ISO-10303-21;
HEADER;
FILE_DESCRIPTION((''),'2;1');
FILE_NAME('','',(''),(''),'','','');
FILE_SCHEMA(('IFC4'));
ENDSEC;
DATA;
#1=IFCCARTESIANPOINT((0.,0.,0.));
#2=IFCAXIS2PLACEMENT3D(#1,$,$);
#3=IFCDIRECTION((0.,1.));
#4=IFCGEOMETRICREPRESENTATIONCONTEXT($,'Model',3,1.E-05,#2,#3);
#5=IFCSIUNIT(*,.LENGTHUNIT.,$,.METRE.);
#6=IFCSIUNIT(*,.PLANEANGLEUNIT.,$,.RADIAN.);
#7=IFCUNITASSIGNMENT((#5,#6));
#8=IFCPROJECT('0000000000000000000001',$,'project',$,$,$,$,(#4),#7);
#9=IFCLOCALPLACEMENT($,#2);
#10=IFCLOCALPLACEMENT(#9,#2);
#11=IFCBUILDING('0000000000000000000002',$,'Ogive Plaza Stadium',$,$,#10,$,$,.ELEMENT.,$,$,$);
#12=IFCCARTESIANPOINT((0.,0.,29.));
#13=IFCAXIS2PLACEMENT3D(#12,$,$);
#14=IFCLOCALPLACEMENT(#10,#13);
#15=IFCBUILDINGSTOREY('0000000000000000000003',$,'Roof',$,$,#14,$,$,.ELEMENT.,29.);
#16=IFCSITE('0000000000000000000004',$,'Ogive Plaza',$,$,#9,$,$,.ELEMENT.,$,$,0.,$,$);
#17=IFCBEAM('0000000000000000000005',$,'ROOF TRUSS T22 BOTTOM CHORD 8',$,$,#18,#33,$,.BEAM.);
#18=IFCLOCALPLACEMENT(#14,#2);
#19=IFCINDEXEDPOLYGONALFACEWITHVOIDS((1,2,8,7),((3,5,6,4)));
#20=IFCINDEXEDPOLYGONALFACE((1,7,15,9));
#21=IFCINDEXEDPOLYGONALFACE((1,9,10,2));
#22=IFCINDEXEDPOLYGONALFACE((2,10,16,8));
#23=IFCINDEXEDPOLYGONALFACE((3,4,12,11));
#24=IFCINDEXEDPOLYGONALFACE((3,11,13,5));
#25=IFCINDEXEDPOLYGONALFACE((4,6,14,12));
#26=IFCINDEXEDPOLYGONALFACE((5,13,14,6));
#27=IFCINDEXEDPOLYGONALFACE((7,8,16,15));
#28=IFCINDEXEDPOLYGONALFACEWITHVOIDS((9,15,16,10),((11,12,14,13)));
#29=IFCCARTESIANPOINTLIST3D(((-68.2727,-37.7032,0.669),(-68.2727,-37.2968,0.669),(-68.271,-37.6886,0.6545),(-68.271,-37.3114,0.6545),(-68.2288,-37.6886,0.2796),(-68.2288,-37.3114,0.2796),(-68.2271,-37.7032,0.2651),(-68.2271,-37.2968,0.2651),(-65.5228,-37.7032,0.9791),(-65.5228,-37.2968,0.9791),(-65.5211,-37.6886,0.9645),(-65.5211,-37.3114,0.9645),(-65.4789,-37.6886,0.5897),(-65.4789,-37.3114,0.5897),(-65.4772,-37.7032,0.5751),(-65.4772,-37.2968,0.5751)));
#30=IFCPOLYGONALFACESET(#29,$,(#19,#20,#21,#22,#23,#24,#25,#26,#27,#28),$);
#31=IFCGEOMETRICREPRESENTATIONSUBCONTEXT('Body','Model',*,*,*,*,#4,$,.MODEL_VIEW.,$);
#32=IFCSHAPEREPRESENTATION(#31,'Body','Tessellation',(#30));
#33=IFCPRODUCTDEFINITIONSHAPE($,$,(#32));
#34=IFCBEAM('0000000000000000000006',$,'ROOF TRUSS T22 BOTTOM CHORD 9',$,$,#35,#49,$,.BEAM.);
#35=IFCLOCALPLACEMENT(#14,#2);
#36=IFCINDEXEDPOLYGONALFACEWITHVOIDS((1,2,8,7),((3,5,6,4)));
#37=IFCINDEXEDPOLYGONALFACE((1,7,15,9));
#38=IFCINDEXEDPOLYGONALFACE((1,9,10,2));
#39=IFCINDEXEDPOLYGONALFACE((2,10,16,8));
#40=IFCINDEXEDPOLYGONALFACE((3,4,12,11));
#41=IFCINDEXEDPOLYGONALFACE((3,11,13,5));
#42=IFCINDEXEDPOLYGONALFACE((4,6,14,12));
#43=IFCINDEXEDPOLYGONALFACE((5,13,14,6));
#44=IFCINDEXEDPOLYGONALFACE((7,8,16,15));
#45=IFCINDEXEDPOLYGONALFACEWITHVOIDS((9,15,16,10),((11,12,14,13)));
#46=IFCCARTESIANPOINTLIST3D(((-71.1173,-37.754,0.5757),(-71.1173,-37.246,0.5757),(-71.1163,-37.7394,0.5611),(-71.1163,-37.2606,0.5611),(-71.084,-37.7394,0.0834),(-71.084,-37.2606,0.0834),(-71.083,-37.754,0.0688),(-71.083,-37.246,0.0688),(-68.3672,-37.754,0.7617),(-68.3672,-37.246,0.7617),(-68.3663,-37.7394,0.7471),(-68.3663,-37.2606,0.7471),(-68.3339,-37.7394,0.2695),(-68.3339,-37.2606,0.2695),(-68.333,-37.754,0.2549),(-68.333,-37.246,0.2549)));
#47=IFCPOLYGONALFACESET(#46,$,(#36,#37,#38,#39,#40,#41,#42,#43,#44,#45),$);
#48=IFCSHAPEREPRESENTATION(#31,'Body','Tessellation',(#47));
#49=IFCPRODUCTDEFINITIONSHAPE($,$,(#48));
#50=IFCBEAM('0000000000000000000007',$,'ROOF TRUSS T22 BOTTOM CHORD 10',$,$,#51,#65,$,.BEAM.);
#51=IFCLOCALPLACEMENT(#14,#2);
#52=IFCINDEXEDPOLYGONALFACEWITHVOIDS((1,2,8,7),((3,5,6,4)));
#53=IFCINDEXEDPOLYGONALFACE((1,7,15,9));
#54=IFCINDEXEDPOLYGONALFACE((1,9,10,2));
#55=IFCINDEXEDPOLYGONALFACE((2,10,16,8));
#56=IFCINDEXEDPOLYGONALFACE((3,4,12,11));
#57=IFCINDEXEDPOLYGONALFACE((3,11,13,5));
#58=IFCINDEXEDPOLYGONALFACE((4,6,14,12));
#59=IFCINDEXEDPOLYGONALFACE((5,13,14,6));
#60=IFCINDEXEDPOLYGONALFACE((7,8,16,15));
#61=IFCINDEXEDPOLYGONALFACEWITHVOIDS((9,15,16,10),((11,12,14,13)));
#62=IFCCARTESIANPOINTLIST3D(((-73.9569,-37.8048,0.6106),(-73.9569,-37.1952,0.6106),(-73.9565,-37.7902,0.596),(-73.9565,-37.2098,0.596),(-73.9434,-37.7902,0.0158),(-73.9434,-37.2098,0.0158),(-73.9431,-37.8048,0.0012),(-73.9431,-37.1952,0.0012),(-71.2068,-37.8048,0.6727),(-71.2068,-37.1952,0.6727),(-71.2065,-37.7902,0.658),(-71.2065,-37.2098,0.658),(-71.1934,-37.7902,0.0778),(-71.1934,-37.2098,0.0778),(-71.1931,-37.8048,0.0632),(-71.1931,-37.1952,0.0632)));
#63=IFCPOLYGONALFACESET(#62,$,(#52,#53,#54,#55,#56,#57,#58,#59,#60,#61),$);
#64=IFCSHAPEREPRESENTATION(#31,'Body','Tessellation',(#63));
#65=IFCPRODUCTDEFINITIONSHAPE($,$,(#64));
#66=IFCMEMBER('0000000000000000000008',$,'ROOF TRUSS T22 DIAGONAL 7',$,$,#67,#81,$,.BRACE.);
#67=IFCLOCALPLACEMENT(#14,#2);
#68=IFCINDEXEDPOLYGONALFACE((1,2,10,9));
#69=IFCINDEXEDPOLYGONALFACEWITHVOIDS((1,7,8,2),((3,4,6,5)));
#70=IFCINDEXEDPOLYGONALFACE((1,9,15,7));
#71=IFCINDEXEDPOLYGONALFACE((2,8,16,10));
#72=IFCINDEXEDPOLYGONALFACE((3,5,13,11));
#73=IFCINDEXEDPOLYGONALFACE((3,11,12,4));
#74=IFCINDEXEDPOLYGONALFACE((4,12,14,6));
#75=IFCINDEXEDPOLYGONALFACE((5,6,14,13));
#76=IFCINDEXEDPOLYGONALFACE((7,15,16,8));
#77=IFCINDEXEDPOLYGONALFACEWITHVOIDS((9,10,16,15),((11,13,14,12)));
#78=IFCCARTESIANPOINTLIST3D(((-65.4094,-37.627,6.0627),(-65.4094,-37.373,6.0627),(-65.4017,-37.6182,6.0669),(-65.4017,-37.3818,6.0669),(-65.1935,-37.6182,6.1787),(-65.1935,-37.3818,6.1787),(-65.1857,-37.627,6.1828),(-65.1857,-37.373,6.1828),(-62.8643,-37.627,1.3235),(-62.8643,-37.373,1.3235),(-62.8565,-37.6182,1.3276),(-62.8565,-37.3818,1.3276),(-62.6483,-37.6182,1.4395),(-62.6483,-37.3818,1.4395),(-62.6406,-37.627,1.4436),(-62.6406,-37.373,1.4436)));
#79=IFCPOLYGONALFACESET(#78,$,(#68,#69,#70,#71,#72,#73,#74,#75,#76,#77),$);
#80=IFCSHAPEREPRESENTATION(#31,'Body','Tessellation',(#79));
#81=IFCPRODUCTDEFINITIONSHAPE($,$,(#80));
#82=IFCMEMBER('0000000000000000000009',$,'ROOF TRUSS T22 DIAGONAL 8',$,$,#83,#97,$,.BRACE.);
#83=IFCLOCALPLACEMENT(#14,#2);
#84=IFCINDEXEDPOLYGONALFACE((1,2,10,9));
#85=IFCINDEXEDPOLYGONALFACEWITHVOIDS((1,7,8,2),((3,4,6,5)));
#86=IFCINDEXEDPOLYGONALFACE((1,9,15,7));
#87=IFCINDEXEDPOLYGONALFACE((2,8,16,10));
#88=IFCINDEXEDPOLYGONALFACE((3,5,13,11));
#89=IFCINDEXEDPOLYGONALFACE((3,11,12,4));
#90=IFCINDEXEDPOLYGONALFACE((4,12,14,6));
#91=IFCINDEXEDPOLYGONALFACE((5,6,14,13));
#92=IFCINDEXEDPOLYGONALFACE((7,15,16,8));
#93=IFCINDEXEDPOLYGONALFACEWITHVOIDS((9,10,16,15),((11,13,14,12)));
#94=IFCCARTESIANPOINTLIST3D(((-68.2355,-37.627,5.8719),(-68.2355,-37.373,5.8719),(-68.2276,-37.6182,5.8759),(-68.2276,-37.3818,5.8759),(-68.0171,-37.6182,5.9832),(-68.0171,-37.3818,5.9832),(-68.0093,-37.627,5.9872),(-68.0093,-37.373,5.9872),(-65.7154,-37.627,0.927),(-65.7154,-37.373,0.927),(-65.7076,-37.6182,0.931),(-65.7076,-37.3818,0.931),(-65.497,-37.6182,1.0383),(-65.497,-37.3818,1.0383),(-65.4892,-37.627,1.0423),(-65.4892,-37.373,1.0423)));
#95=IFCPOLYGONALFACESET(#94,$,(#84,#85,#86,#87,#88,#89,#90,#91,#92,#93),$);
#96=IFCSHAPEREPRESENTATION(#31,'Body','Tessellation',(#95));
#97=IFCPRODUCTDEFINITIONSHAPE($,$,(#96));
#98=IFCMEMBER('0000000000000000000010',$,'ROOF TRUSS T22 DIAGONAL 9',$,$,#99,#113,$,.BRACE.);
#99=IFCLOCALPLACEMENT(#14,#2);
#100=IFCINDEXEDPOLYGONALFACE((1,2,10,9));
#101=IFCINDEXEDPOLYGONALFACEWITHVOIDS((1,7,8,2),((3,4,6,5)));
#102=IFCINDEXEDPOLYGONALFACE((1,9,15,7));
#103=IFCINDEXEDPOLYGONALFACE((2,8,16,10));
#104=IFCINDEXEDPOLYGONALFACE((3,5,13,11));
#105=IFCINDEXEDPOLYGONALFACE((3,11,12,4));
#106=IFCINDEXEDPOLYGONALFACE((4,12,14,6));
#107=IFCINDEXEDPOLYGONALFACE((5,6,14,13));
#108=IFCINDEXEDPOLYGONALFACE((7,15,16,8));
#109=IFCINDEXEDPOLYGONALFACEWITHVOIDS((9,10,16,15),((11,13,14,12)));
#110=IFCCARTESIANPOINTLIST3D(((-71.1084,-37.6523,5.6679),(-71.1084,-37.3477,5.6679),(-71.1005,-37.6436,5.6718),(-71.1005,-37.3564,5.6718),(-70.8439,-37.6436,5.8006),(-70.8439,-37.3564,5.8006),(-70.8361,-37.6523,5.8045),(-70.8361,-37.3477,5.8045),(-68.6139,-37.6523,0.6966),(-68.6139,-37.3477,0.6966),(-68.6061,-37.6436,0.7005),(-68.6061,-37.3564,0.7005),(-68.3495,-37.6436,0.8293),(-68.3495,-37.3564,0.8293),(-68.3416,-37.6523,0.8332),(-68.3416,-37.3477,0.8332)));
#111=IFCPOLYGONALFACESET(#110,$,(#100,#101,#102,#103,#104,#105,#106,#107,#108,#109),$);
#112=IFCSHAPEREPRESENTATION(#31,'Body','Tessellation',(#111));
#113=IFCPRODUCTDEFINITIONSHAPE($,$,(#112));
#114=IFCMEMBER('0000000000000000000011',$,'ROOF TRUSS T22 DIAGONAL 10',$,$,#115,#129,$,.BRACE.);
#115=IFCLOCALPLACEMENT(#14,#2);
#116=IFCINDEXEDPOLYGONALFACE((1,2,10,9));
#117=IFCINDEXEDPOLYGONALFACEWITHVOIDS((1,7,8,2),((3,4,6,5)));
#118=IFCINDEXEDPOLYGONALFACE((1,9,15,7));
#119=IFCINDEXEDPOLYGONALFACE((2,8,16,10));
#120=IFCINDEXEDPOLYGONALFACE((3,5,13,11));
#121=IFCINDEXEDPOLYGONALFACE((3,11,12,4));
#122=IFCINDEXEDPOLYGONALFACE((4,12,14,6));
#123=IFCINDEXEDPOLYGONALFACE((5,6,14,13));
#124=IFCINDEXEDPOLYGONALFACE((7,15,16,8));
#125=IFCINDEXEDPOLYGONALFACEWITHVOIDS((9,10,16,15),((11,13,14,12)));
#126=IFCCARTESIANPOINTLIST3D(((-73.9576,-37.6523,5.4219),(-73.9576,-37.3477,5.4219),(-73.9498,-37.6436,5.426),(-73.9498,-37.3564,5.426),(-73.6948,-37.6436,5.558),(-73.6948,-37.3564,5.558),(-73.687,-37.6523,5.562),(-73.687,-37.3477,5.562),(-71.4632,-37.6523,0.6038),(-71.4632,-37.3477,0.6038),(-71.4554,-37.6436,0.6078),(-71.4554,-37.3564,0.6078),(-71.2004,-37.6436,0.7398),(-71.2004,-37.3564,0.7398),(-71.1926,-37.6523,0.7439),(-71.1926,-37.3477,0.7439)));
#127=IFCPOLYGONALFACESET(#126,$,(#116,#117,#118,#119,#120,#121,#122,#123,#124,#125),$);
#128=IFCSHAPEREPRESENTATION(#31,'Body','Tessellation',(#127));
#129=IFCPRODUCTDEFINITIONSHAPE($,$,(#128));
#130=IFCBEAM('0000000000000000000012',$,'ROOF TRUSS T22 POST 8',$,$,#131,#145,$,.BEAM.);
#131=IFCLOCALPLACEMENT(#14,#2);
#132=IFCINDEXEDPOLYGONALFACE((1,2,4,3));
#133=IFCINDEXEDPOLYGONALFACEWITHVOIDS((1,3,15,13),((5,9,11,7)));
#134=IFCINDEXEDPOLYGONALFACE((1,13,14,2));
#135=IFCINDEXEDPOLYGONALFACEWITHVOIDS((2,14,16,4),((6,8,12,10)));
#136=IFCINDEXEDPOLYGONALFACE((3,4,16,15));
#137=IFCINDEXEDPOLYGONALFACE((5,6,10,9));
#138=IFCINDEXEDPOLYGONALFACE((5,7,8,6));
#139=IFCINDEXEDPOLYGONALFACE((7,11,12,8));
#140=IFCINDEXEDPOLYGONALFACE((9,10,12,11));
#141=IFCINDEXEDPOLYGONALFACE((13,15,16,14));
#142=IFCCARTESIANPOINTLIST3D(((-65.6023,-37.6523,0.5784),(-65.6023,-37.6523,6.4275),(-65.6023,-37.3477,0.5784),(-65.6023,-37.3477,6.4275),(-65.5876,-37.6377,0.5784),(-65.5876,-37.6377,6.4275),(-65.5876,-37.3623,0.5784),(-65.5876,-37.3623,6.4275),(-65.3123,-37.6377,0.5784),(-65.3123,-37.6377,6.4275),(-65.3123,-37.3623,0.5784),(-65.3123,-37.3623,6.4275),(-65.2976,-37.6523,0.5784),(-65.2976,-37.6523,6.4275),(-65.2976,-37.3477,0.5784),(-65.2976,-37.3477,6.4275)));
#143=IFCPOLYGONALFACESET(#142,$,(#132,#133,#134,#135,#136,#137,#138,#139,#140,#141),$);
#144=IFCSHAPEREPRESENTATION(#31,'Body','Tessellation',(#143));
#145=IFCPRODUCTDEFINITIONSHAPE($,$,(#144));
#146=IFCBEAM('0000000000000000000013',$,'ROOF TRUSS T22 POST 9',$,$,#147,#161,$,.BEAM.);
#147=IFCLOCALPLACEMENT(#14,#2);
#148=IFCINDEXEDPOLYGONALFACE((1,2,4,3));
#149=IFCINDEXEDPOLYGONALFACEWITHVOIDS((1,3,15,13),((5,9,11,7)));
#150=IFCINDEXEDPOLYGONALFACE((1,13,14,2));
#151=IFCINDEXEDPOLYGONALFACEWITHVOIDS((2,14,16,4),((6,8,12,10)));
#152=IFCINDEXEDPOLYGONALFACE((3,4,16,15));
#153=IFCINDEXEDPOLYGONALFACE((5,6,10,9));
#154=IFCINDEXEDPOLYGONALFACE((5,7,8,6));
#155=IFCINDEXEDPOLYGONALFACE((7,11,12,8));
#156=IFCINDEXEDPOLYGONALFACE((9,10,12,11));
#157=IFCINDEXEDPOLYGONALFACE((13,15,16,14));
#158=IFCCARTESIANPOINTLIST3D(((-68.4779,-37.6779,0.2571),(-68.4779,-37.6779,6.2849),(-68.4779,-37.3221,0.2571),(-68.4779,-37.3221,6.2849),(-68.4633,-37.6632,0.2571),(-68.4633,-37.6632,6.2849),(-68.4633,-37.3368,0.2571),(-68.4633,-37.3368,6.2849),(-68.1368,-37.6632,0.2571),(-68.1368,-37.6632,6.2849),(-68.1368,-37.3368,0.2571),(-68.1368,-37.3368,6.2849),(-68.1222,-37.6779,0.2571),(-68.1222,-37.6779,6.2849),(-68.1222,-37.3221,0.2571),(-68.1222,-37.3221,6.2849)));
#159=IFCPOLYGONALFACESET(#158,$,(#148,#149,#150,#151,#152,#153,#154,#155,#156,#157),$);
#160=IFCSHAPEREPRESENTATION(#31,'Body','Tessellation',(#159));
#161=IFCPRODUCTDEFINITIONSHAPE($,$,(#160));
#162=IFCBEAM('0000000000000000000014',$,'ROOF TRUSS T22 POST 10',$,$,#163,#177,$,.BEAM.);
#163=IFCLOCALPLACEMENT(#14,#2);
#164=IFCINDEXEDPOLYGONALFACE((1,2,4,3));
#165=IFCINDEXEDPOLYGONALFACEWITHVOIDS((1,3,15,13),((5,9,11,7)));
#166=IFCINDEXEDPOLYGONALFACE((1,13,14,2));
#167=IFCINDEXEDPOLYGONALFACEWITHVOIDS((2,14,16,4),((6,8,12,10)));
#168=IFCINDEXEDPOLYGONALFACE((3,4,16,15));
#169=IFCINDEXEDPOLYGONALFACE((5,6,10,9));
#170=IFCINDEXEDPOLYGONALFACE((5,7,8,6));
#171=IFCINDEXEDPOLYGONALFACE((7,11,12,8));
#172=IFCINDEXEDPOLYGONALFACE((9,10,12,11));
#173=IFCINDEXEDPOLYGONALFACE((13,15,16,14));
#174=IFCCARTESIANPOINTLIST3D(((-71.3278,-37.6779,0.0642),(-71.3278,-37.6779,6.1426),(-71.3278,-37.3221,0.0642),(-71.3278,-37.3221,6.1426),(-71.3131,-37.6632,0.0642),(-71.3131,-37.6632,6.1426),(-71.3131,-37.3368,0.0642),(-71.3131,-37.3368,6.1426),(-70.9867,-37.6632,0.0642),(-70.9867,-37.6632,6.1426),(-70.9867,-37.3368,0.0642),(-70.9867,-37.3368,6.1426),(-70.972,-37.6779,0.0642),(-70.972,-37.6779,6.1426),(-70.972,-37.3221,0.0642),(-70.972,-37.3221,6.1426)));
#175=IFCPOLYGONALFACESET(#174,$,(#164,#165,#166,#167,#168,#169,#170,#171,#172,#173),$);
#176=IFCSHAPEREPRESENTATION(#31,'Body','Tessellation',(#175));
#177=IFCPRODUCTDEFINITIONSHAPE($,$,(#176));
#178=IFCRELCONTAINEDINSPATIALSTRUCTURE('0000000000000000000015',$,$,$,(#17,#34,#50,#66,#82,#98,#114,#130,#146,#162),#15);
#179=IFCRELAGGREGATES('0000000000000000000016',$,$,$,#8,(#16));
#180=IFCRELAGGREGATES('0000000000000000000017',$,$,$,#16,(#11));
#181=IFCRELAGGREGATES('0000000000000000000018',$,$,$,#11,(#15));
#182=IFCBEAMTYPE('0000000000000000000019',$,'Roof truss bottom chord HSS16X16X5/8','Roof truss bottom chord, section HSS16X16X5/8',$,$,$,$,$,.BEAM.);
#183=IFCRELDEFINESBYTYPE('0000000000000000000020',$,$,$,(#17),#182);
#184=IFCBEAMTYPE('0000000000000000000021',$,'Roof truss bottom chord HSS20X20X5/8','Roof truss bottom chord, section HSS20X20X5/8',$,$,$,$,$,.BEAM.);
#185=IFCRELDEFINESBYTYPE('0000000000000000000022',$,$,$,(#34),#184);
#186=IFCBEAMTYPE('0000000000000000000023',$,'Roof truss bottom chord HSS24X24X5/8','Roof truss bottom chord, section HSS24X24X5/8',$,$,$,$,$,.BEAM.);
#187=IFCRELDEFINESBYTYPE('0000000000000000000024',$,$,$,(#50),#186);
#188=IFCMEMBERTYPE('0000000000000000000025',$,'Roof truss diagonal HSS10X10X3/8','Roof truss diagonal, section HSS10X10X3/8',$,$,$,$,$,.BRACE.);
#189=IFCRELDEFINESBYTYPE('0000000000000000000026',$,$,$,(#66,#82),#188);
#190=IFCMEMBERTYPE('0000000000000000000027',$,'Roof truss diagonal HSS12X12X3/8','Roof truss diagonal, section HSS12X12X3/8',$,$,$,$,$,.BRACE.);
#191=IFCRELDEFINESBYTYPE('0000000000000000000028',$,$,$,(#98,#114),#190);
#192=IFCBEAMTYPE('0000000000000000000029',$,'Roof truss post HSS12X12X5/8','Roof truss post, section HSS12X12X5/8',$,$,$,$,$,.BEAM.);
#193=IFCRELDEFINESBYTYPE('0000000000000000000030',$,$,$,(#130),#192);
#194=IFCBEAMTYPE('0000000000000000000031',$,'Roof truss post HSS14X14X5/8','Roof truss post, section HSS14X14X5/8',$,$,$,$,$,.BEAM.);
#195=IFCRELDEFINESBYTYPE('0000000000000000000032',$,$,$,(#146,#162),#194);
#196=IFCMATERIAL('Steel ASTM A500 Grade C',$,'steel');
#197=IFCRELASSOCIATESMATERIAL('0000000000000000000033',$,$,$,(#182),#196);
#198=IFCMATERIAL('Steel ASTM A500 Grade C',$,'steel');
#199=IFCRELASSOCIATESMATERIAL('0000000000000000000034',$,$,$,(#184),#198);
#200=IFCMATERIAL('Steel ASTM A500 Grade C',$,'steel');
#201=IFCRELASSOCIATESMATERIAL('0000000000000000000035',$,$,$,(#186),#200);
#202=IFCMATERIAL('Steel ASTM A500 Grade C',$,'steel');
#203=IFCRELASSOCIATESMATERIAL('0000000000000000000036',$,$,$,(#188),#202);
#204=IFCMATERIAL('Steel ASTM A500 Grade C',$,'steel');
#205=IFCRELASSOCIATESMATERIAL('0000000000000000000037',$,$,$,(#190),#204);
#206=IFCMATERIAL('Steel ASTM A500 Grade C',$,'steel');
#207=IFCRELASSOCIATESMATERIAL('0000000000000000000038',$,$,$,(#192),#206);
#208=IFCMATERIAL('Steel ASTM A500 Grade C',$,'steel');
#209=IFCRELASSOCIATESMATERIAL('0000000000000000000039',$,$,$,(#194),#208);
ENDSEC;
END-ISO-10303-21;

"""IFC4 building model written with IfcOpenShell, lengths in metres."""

from ifc_helpers import new_model, si_unit, direction, frame, origin, origin_2d, place, context, subcontext, project, spatial, hollow_rectangle, extrude, material, material_profile, profile_set, type_object, element, save


model = new_model("IFC4")

# Units and contexts
model_context = context("Model", 3, precision=1e-05, world=origin(), true_north=direction((0.0, 1.0)))
body_context = subcontext(model_context, "Body", "Model", "MODEL_VIEW")
ifc_project = project(units=[si_unit("LENGTHUNIT", "METRE"), si_unit("PLANEANGLEUNIT", "RADIAN")], contexts=[model_context])

# Site, building, storey
site_placement = place(None, origin())
site = spatial("IfcSite", under=ifc_project, at=site_placement, Name="Ogive Plaza", CompositionType="ELEMENT", RefElevation=0.0)
building_placement = place(site_placement, origin())
building = spatial("IfcBuilding", under=site, at=building_placement, Name="Ogive Plaza Stadium", CompositionType="ELEMENT")
storey_placement = place(building_placement, frame((0.0, 0.0, 29.0)))
storey = spatial("IfcBuildingStorey", under=building, at=storey_placement, Name="Roof", CompositionType="ELEMENT", Elevation=29.0)

# Beams
ifc_material_1 = material(Name="Steel ASTM A500 Grade C", Category="steel")
ifc_material_profile_1 = material_profile(ifc_material_1, hollow_rectangle(XDim=0.4065, YDim=0.4065, WallThickness=0.0146, at=origin_2d()), Name="HSS16X16X5/8")
ifc_profile_set_1 = profile_set([ifc_material_profile_1], Name="Steel ASTM A500 Grade C")
beam_type_1 = type_object("IfcBeamType", Name="Roof truss bottom chord HSS16X16X5/8", Description="Roof truss bottom chord, section HSS16X16X5/8", PredefinedType="BEAM", material=ifc_profile_set_1)
beam_1_placement = place(storey_placement, frame((-65.5, -37.5, 0.7771), z_axis=(-0.993704, 0.0, -0.112039), x_axis=(0.0, -1.0, 0.0)))
element("IfcBeam", 1, at=beam_1_placement, inside=storey, type_object=beam_type_1, Name="ROOF TRUSS T22 BOTTOM CHORD 8", PredefinedType="BEAM", context=body_context, shape_type="SweptSolid", body=[
    extrude(hollow_rectangle(XDim=0.4065, YDim=0.4065, WallThickness=0.0146, at=origin_2d()), origin(), (0.0, 0.0, 1.0), 2.7673),
])
ifc_material_2 = material(Name="Steel ASTM A500 Grade C", Category="steel")
ifc_material_profile_2 = material_profile(ifc_material_2, hollow_rectangle(XDim=0.5081, YDim=0.5081, WallThickness=0.0146, at=origin_2d()), Name="HSS20X20X5/8")
ifc_profile_set_2 = profile_set([ifc_material_profile_2], Name="Steel ASTM A500 Grade C")
beam_type_2 = type_object("IfcBeamType", Name="Roof truss bottom chord HSS20X20X5/8", Description="Roof truss bottom chord, section HSS20X20X5/8", PredefinedType="BEAM", material=ifc_profile_set_2)
beam_2_placement = place(storey_placement, frame((-68.3501, -37.5, 0.5083), z_axis=(-0.99772, 0.0, -0.067495), x_axis=(0.0, -1.0, 0.0)))
element("IfcBeam", 2, at=beam_2_placement, inside=storey, type_object=beam_type_2, Name="ROOF TRUSS T22 BOTTOM CHORD 9", PredefinedType="BEAM", context=body_context, shape_type="SweptSolid", body=[
    extrude(hollow_rectangle(XDim=0.5081, YDim=0.5081, WallThickness=0.0146, at=origin_2d()), origin(), (0.0, 0.0, 1.0), 2.7563),
])
ifc_material_3 = material(Name="Steel ASTM A500 Grade C", Category="steel")
ifc_material_profile_3 = material_profile(ifc_material_3, hollow_rectangle(XDim=0.6096, YDim=0.6096, WallThickness=0.0146, at=origin_2d()), Name="HSS24X24X5/8")
ifc_profile_set_3 = profile_set([ifc_material_profile_3], Name="Steel ASTM A500 Grade C")
beam_type_3 = type_object("IfcBeamType", Name="Roof truss bottom chord HSS24X24X5/8", Description="Roof truss bottom chord, section HSS24X24X5/8", PredefinedType="BEAM", material=ifc_profile_set_3)
beam_3_placement = place(storey_placement, frame((-71.2, -37.5, 0.3679), z_axis=(-0.999746, 0.0, -0.022544), x_axis=(0.0, -1.0, 0.0)))
element("IfcBeam", 3, at=beam_3_placement, inside=storey, type_object=beam_type_3, Name="ROOF TRUSS T22 BOTTOM CHORD 10", PredefinedType="BEAM", context=body_context, shape_type="SweptSolid", body=[
    extrude(hollow_rectangle(XDim=0.6096, YDim=0.6096, WallThickness=0.0146, at=origin_2d()), origin(), (0.0, 0.0, 1.0), 2.7507),
])

# Members
ifc_material_4 = material(Name="Steel ASTM A500 Grade C", Category="steel")
ifc_material_profile_4 = material_profile(ifc_material_4, hollow_rectangle(XDim=0.2539, YDim=0.2539, WallThickness=0.0088, at=origin_2d()), Name="HSS10X10X3/8")
ifc_profile_set_4 = profile_set([ifc_material_profile_4], Name="Steel ASTM A500 Grade C")
member_type_1 = type_object("IfcMemberType", Name="Roof truss diagonal HSS10X10X3/8", Description="Roof truss diagonal, section HSS10X10X3/8", PredefinedType="BRACE", material=ifc_profile_set_4)
member_1_placement = place(storey_placement, frame((-62.7524, -37.5, 1.3835), z_axis=(-0.473128, 0.0, 0.880994), x_axis=(0.0, -1.0, 0.0)))
element("IfcMember", 4, at=member_1_placement, inside=storey, type_object=member_type_1, Name="ROOF TRUSS T22 DIAGONAL 7", PredefinedType="BRACE", context=body_context, shape_type="SweptSolid", body=[
    extrude(hollow_rectangle(XDim=0.2539, YDim=0.2539, WallThickness=0.0088, at=origin_2d()), origin(), (0.0, 0.0, 1.0), 5.3794),
])
member_2_placement = place(storey_placement, frame((-65.6023, -37.5, 0.9846), z_axis=(-0.454063, 0.0, 0.89097), x_axis=(0.0, -1.0, 0.0)))
element("IfcMember", 5, at=member_2_placement, inside=storey, type_object=member_type_1, Name="ROOF TRUSS T22 DIAGONAL 8", PredefinedType="BRACE", context=body_context, shape_type="SweptSolid", body=[
    extrude(hollow_rectangle(XDim=0.2539, YDim=0.2539, WallThickness=0.0088, at=origin_2d()), origin(), (0.0, 0.0, 1.0), 5.55),
])
ifc_material_5 = material(Name="Steel ASTM A500 Grade C", Category="steel")
ifc_material_profile_5 = material_profile(ifc_material_5, hollow_rectangle(XDim=0.3047, YDim=0.3047, WallThickness=0.0088, at=origin_2d()), Name="HSS12X12X3/8")
ifc_profile_set_5 = profile_set([ifc_material_profile_5], Name="Steel ASTM A500 Grade C")
member_type_2 = type_object("IfcMemberType", Name="Roof truss diagonal HSS12X12X3/8", Description="Roof truss diagonal, section HSS12X12X3/8", PredefinedType="BRACE", material=ifc_profile_set_5)
member_3_placement = place(storey_placement, frame((-68.4778, -37.5, 0.7649), z_axis=(-0.448477, 0.0, 0.893794), x_axis=(0.0, -1.0, 0.0)))
element("IfcMember", 6, at=member_3_placement, inside=storey, type_object=member_type_2, Name="ROOF TRUSS T22 DIAGONAL 9", PredefinedType="BRACE", context=body_context, shape_type="SweptSolid", body=[
    extrude(hollow_rectangle(XDim=0.3047, YDim=0.3047, WallThickness=0.0088, at=origin_2d()), origin(), (0.0, 0.0, 1.0), 5.562),
])
member_4_placement = place(storey_placement, frame((-71.3279, -37.5, 0.6738), z_axis=(-0.459751, 0.0, 0.888048), x_axis=(0.0, -1.0, 0.0)))
element("IfcMember", 7, at=member_4_placement, inside=storey, type_object=member_type_2, Name="ROOF TRUSS T22 DIAGONAL 10", PredefinedType="BRACE", context=body_context, shape_type="SweptSolid", body=[
    extrude(hollow_rectangle(XDim=0.3047, YDim=0.3047, WallThickness=0.0088, at=origin_2d()), origin(), (0.0, 0.0, 1.0), 5.4255),
])

# Beams
ifc_material_6 = material(Name="Steel ASTM A500 Grade C", Category="steel")
ifc_material_profile_6 = material_profile(ifc_material_6, hollow_rectangle(XDim=0.3047, YDim=0.3047, WallThickness=0.0146, at=origin_2d()), Name="HSS12X12X5/8")
ifc_profile_set_6 = profile_set([ifc_material_profile_6], Name="Steel ASTM A500 Grade C")
beam_type_4 = type_object("IfcBeamType", Name="Roof truss post HSS12X12X5/8", Description="Roof truss post, section HSS12X12X5/8", PredefinedType="BEAM", material=ifc_profile_set_6)
beam_4_placement = place(storey_placement, frame((-65.45, -37.5, 0.5784), z_axis=(0.0, 0.0, 1.0), x_axis=(0.0, -1.0, 0.0)))
element("IfcBeam", 8, at=beam_4_placement, inside=storey, type_object=beam_type_4, Name="ROOF TRUSS T22 POST 8", PredefinedType="BEAM", context=body_context, shape_type="SweptSolid", body=[
    extrude(hollow_rectangle(XDim=0.3047, YDim=0.3047, WallThickness=0.0146, at=origin_2d()), origin(), (0.0, 0.0, 1.0), 5.8491),
])
ifc_material_7 = material(Name="Steel ASTM A500 Grade C", Category="steel")
ifc_material_profile_7 = material_profile(ifc_material_7, hollow_rectangle(XDim=0.3557, YDim=0.3557, WallThickness=0.0146, at=origin_2d()), Name="HSS14X14X5/8")
ifc_profile_set_7 = profile_set([ifc_material_profile_7], Name="Steel ASTM A500 Grade C")
beam_type_5 = type_object("IfcBeamType", Name="Roof truss post HSS14X14X5/8", Description="Roof truss post, section HSS14X14X5/8", PredefinedType="BEAM", material=ifc_profile_set_7)
beam_5_placement = place(storey_placement, frame((-68.3, -37.5, 0.2571), z_axis=(0.0, 0.0, 1.0), x_axis=(0.0, -1.0, 0.0)))
element("IfcBeam", 9, at=beam_5_placement, inside=storey, type_object=beam_type_5, Name="ROOF TRUSS T22 POST 9", PredefinedType="BEAM", context=body_context, shape_type="SweptSolid", body=[
    extrude(hollow_rectangle(XDim=0.3557, YDim=0.3557, WallThickness=0.0146, at=origin_2d()), origin(), (0.0, 0.0, 1.0), 6.0278),
])
beam_6_placement = place(storey_placement, frame((-71.1499, -37.5, 0.0642), z_axis=(0.0, 0.0, 1.0), x_axis=(0.0, -1.0, 0.0)))
element("IfcBeam", 10, at=beam_6_placement, inside=storey, type_object=beam_type_5, Name="ROOF TRUSS T22 POST 10", PredefinedType="BEAM", context=body_context, shape_type="SweptSolid", body=[
    extrude(hollow_rectangle(XDim=0.3557, YDim=0.3557, WallThickness=0.0146, at=origin_2d()), origin(), (0.0, 0.0, 1.0), 6.0784),
])

save(model, "model.ifc")
